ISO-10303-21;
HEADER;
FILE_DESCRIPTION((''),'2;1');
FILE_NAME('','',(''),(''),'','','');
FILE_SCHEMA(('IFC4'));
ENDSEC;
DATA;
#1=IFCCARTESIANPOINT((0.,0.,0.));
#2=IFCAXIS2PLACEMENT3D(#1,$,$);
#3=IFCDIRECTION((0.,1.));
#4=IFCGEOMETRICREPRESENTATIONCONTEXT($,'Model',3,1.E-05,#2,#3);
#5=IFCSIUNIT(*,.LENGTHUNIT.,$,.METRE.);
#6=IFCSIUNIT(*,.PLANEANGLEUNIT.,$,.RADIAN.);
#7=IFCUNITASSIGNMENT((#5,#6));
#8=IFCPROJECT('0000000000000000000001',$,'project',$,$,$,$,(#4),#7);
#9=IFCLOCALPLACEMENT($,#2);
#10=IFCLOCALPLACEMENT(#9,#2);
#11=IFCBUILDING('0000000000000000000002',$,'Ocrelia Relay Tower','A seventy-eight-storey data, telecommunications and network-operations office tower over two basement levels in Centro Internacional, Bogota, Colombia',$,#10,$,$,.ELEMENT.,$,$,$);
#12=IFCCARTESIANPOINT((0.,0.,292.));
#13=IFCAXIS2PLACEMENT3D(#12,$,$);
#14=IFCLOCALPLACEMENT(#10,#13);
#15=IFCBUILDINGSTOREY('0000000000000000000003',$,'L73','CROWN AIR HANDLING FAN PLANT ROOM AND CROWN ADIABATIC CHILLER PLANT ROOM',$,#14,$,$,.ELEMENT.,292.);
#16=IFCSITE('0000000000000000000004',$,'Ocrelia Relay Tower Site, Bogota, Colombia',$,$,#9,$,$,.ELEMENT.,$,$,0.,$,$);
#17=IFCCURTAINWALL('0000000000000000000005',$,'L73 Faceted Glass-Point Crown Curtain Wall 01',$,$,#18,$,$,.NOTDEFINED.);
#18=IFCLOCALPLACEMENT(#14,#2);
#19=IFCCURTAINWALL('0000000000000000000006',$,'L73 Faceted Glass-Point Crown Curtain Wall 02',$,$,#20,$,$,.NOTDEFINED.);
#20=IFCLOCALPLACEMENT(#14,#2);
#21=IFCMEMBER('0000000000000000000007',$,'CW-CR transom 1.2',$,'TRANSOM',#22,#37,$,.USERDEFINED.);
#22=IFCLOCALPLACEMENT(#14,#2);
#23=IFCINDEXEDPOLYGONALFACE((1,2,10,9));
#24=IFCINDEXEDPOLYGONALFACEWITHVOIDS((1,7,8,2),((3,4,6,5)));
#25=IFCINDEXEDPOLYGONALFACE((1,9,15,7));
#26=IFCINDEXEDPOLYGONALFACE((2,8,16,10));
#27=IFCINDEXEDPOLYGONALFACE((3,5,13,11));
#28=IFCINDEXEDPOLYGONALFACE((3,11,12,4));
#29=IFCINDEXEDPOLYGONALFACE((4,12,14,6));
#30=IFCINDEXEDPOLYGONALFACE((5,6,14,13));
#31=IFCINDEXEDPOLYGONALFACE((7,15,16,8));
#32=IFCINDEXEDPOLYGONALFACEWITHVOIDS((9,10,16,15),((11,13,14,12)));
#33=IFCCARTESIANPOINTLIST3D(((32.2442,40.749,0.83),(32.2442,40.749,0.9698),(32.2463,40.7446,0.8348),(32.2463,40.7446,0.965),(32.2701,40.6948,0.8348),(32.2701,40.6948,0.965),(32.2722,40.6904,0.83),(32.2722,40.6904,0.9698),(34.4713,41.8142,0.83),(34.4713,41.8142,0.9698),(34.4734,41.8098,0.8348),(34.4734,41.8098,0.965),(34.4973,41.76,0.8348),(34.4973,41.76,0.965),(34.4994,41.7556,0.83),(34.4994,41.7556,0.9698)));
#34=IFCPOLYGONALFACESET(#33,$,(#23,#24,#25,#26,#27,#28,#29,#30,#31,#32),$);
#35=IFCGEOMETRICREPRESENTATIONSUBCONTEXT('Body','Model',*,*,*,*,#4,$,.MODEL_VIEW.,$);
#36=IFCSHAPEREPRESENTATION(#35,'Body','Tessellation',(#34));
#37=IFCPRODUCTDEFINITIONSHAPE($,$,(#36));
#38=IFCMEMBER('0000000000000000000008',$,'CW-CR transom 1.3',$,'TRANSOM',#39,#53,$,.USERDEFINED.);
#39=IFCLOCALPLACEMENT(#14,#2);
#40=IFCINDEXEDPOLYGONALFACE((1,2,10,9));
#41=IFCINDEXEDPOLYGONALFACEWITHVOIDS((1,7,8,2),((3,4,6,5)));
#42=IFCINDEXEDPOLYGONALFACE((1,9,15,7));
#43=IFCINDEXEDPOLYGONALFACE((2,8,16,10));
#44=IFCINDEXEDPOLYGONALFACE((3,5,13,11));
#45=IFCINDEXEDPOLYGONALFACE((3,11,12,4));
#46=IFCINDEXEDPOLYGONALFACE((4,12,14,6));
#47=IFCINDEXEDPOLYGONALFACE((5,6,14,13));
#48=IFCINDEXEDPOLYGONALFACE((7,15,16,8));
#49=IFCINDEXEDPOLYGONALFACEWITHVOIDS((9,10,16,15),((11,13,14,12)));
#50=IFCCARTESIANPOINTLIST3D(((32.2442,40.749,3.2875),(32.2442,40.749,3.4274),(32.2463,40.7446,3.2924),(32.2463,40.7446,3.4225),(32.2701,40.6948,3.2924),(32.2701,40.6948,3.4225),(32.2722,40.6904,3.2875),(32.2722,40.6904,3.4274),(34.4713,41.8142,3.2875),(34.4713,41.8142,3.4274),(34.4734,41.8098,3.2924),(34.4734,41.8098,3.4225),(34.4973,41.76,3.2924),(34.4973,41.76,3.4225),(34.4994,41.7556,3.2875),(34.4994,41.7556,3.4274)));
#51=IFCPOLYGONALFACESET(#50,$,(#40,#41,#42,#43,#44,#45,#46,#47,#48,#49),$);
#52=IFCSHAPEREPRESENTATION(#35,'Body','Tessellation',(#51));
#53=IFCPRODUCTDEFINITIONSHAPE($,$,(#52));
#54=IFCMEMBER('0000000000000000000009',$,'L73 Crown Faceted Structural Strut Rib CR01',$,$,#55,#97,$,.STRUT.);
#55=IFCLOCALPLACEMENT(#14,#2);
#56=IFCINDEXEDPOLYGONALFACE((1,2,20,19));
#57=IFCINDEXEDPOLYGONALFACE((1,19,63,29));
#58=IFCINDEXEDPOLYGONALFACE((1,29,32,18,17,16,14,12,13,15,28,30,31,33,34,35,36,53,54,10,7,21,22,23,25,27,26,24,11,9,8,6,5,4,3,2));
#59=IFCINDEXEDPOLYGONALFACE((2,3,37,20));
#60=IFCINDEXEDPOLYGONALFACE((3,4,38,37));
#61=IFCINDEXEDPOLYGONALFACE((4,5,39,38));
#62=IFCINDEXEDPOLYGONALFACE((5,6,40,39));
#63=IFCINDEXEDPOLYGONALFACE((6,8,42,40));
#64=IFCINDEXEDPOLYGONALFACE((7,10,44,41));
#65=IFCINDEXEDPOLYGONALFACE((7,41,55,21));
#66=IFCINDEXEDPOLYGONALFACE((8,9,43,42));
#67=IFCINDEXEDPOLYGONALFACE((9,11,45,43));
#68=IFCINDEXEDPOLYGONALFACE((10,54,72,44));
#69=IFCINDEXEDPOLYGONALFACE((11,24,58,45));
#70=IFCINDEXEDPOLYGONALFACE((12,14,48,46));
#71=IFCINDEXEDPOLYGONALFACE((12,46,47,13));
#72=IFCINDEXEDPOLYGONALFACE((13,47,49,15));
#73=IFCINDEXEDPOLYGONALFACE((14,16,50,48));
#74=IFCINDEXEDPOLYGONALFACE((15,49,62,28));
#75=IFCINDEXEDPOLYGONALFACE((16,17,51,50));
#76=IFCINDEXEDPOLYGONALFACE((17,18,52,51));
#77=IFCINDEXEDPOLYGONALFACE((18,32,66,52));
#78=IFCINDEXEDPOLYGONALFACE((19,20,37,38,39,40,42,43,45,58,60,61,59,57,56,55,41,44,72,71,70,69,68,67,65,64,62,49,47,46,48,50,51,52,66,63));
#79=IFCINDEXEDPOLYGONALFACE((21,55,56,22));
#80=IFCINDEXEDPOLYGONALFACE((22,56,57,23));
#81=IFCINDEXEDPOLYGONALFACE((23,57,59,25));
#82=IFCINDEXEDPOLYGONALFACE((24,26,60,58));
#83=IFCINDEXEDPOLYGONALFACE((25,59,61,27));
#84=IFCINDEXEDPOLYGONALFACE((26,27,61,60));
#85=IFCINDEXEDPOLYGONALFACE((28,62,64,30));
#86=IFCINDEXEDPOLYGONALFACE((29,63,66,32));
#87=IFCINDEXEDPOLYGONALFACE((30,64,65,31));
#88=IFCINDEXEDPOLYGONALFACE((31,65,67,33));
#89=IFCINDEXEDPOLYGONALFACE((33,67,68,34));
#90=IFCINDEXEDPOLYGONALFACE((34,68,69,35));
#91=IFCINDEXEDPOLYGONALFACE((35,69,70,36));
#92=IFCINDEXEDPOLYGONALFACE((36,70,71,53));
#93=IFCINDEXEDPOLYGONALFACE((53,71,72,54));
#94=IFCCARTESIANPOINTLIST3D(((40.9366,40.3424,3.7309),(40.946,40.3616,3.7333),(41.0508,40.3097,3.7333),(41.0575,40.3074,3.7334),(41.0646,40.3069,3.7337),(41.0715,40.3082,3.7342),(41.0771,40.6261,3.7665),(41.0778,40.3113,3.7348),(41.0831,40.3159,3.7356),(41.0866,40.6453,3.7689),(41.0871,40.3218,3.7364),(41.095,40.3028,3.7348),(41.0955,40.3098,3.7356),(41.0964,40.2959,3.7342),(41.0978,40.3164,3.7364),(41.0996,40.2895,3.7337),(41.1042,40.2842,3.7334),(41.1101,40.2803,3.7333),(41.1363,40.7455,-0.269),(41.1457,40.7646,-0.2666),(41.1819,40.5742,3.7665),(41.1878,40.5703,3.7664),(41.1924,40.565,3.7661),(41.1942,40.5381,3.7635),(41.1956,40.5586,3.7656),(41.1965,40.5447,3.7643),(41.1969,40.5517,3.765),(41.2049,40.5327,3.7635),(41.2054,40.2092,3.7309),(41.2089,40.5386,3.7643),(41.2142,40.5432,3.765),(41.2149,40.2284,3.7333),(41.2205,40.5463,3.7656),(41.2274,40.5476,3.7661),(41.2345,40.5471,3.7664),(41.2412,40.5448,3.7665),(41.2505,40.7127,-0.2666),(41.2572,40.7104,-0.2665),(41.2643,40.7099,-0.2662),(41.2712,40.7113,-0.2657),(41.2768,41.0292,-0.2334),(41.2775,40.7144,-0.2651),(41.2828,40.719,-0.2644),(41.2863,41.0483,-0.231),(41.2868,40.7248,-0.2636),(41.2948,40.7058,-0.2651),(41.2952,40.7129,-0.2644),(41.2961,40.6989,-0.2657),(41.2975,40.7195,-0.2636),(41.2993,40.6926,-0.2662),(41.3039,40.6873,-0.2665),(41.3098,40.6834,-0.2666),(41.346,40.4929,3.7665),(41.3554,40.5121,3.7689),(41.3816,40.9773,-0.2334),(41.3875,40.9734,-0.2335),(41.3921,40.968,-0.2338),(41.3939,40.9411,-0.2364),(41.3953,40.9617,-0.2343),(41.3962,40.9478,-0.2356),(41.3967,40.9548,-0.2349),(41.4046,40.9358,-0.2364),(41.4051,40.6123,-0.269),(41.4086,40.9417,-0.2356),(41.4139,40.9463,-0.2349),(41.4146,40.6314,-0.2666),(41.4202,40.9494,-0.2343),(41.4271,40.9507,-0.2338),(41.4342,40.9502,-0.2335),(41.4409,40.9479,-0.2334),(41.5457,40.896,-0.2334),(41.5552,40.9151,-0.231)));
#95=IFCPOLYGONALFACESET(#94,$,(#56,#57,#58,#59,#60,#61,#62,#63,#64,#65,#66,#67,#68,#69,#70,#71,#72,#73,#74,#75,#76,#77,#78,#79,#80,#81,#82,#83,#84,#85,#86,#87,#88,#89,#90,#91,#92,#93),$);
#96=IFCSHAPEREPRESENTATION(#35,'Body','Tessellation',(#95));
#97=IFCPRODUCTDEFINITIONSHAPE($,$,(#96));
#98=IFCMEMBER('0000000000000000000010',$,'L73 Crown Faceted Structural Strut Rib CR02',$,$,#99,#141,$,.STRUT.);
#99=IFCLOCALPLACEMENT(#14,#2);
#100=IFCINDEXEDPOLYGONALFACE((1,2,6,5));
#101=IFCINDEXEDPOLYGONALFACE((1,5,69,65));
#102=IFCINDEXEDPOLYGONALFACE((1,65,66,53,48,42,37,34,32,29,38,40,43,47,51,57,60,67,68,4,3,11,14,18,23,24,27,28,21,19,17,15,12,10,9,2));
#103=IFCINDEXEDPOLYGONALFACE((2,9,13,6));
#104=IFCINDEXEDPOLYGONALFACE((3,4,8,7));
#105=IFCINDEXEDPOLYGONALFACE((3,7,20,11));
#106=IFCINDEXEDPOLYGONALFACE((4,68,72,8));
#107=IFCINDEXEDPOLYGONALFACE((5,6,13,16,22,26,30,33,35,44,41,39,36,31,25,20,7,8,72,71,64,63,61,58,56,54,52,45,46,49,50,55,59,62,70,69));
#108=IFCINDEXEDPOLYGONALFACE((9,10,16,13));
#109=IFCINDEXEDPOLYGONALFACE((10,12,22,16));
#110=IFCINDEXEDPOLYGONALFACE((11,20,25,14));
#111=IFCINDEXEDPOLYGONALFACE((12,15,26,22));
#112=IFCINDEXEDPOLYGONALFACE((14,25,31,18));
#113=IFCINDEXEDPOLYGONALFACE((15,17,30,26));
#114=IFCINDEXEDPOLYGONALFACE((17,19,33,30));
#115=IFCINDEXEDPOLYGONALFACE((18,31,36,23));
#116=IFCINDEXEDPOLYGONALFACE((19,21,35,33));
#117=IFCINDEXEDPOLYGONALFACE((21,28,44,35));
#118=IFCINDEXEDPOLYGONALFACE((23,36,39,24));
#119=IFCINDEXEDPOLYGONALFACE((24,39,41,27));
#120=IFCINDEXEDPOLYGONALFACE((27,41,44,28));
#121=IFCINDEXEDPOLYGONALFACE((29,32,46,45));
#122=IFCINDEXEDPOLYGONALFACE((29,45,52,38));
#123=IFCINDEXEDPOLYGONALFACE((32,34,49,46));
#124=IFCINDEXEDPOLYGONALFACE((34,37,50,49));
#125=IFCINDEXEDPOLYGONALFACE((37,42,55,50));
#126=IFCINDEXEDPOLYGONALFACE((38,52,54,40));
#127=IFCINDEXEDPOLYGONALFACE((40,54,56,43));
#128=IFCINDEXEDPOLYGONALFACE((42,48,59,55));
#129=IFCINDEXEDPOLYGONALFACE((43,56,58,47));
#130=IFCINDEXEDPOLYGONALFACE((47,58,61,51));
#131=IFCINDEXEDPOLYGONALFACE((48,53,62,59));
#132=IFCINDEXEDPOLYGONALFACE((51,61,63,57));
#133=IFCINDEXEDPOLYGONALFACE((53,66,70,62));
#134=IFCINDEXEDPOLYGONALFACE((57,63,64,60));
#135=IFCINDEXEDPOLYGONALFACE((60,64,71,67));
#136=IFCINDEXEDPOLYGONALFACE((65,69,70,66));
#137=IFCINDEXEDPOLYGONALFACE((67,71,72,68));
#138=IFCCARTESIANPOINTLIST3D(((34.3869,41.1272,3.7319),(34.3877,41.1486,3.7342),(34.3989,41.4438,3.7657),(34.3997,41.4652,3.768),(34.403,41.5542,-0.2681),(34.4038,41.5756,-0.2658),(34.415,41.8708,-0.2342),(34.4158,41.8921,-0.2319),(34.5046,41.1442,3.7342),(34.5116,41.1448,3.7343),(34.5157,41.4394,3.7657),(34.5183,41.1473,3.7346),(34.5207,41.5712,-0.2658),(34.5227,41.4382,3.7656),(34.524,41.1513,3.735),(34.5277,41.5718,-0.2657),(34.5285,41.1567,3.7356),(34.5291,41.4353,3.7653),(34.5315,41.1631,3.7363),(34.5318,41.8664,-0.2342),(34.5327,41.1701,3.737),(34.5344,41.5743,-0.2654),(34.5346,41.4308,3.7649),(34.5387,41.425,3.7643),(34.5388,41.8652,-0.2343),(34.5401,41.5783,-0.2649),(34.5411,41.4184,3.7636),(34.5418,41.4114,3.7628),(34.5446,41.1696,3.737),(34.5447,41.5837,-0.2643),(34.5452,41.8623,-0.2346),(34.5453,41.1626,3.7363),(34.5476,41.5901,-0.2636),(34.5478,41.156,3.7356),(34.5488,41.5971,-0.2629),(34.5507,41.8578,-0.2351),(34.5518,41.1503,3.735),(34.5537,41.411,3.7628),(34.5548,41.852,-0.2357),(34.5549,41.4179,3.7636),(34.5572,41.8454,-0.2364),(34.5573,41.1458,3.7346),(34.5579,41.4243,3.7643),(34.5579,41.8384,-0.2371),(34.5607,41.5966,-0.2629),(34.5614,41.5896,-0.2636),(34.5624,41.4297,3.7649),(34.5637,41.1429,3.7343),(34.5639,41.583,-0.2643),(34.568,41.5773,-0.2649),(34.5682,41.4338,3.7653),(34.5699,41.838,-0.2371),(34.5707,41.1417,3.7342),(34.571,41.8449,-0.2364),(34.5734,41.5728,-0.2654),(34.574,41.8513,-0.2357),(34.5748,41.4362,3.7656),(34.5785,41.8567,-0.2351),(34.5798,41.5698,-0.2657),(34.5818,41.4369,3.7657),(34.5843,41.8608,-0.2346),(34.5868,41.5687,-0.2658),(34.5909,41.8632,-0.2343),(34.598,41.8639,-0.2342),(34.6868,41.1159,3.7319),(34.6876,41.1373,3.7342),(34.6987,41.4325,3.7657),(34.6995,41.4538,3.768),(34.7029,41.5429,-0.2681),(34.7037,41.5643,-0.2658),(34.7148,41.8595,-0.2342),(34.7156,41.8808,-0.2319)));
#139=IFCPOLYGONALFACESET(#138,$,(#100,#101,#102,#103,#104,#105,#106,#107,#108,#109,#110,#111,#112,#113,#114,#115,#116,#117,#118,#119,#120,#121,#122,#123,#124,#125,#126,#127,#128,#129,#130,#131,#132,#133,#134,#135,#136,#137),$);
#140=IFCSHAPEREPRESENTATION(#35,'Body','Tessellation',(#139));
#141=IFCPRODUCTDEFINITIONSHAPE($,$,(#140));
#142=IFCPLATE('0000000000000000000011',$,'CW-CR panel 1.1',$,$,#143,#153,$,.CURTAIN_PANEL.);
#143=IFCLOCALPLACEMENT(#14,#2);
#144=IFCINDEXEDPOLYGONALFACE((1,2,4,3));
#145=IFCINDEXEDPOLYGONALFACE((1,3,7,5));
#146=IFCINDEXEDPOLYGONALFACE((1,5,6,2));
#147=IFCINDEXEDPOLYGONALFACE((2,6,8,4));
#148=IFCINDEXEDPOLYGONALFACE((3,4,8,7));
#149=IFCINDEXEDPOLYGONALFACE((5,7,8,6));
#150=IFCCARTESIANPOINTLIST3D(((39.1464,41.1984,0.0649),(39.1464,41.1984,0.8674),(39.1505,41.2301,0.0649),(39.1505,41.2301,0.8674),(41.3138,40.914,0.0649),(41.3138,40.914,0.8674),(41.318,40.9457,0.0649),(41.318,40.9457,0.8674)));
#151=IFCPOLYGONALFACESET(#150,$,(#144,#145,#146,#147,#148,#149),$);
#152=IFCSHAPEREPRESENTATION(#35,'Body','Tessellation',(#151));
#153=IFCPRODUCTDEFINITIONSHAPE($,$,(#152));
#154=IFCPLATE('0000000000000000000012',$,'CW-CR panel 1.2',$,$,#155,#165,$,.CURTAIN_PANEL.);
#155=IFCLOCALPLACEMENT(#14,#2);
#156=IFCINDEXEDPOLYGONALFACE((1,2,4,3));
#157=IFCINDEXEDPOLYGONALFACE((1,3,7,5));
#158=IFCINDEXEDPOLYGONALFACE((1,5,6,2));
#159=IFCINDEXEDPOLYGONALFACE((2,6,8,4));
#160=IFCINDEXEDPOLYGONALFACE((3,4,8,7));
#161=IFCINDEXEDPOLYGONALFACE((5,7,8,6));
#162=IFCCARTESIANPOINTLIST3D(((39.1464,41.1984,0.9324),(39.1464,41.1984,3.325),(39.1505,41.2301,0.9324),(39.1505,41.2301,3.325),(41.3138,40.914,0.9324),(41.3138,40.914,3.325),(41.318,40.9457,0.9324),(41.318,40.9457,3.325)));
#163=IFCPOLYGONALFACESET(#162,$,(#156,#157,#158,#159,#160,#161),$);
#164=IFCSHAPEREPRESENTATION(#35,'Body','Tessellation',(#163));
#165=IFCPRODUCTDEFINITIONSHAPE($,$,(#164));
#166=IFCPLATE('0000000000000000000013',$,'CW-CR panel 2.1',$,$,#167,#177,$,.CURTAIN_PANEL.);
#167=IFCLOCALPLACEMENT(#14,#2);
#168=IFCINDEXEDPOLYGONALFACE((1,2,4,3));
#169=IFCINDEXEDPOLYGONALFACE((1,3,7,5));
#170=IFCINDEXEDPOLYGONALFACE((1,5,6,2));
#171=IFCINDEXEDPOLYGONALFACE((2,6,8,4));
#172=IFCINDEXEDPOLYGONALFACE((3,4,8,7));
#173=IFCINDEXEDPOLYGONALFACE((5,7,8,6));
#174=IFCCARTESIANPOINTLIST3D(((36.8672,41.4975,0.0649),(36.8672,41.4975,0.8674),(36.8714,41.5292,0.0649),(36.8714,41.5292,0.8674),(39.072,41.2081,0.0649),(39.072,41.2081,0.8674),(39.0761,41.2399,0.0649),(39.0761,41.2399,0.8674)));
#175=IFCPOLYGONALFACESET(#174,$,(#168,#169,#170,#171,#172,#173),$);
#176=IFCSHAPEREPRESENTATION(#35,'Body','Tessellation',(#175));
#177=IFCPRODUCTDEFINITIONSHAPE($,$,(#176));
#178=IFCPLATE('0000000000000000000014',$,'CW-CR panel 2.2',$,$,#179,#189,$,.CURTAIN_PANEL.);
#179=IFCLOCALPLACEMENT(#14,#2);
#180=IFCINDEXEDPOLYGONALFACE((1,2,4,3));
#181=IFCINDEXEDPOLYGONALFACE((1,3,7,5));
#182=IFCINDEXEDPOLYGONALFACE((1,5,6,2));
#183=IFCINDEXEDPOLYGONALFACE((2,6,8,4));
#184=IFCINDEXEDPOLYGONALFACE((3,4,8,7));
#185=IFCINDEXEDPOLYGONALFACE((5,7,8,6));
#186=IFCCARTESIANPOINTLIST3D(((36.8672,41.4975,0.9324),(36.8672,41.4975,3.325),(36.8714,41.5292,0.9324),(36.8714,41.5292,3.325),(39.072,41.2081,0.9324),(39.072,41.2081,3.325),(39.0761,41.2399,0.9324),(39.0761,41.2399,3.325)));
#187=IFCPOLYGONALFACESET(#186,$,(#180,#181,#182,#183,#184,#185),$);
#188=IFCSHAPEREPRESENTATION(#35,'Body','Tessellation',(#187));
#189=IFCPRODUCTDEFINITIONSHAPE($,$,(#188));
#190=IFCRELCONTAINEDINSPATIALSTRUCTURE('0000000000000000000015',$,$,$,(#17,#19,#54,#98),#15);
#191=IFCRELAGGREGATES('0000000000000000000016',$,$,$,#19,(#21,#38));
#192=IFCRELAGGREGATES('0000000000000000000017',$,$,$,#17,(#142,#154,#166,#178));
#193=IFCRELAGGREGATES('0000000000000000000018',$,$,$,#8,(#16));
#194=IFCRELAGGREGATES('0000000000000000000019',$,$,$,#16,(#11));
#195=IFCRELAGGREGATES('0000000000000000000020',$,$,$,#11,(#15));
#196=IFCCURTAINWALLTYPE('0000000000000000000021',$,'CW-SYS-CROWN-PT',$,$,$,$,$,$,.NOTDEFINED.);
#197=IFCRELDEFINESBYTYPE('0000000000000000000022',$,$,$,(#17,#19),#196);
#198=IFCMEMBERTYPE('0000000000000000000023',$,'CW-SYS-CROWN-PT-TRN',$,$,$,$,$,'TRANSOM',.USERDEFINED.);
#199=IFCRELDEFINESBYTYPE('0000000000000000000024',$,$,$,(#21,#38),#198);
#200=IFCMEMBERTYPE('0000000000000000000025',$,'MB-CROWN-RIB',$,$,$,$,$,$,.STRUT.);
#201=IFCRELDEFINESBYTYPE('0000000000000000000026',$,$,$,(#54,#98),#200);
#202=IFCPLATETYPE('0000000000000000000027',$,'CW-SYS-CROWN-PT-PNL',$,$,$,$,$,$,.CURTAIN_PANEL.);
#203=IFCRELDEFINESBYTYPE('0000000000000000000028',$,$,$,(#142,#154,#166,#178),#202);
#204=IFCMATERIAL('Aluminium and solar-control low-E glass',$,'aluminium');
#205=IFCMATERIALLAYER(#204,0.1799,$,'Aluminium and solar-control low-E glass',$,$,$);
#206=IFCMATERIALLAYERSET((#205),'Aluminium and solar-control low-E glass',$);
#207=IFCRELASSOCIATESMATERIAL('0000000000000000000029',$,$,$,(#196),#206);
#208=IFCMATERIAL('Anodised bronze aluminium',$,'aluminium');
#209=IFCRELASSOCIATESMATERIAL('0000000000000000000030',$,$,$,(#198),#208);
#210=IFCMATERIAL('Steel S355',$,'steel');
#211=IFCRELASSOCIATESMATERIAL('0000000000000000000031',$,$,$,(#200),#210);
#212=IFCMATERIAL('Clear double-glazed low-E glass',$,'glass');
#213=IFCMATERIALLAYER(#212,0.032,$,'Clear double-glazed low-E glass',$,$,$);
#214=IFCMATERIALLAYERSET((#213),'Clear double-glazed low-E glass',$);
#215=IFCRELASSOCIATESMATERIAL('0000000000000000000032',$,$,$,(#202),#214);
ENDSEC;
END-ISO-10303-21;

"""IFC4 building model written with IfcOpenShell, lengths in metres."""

from ifc_helpers import new_model, si_unit, direction, frame, origin, origin_2d, place, context, subcontext, project, spatial, rectangle, hollow_rectangle, i_section, extrude, material, layer, layer_set, material_profile, profile_set, type_object, element, aggregate, save


model = new_model("IFC4")

# Units and contexts
model_context = context("Model", 3, precision=1e-05, world=origin(), true_north=direction((0.0, 1.0)))
body_context = subcontext(model_context, "Body", "Model", "MODEL_VIEW")
ifc_project = project(units=[si_unit("LENGTHUNIT", "METRE"), si_unit("PLANEANGLEUNIT", "RADIAN")], contexts=[model_context])

# Site, building, storey
site_placement = place(None, origin())
site = spatial("IfcSite", under=ifc_project, at=site_placement, Name="Ocrelia Relay Tower Site, Bogota, Colombia", CompositionType="ELEMENT", RefElevation=0.0)
building_placement = place(site_placement, origin())
building = spatial("IfcBuilding", under=site, at=building_placement, Name="Ocrelia Relay Tower", Description="A seventy-eight-storey data, telecommunications and network-operations office tower over two basement levels in Centro Internacional, Bogota, Colombia", CompositionType="ELEMENT")
storey_placement = place(building_placement, frame((0.0, 0.0, 292.0)))
storey = spatial("IfcBuildingStorey", under=building, at=storey_placement, Name="L73", Description="CROWN AIR HANDLING FAN PLANT ROOM AND CROWN ADIABATIC CHILLER PLANT ROOM", CompositionType="ELEMENT", Elevation=292.0)

# Shared definitions
ifc_material_1 = material(Name="Steel S355", Category="steel")

# Curtain wall
ifc_material_2 = material(Name="Aluminium and solar-control low-E glass", Category="aluminium")
ifc_layer_1 = layer(ifc_material_2, 0.1799, Name="Aluminium and solar-control low-E glass")
ifc_layer_set_1 = layer_set([ifc_layer_1], Name="Aluminium and solar-control low-E glass")
curtain_wall_type = type_object("IfcCurtainWallType", Name="CW-SYS-CROWN-PT", PredefinedType="NOTDEFINED", material=ifc_layer_set_1)
curtain_wall_1_placement = place(storey_placement, origin())
curtain_wall_1 = element("IfcCurtainWall", 1, at=curtain_wall_1_placement, inside=storey, type_object=curtain_wall_type, Name="L73 Faceted Glass-Point Crown Curtain Wall 01", PredefinedType="NOTDEFINED")
ifc_material_3 = material(Name="Anodised bronze aluminium", Category="aluminium")

# Curtain wall
curtain_wall_2_placement = place(storey_placement, origin())
curtain_wall_2 = element("IfcCurtainWall", 2, at=curtain_wall_2_placement, inside=storey, type_object=curtain_wall_type, Name="L73 Faceted Glass-Point Crown Curtain Wall 02", PredefinedType="NOTDEFINED")

# Members
ifc_material_profile_1 = material_profile(ifc_material_3, hollow_rectangle(XDim=0.0649, YDim=0.1399, WallThickness=0.0049, at=origin_2d()), Name="CW-TRN-140x65")
ifc_profile_set_1 = profile_set([ifc_material_profile_1], Name="Anodised bronze aluminium")
member_type_1 = type_object("IfcMemberType", Name="CW-SYS-CROWN-PT-TRN", ElementType="TRANSOM", PredefinedType="USERDEFINED", material=ifc_profile_set_1)
member_1_placement = place(storey_placement, frame((34.4854, 41.7849, 0.8999), z_axis=(-0.902123, -0.43148, 0.0), x_axis=(0.43148, -0.902123, 0.0)))
member_1 = element("IfcMember", 3, at=member_1_placement, type_object=member_type_1, Name="CW-CR transom 1.2", ObjectType="TRANSOM", PredefinedType="USERDEFINED", context=body_context, shape_type="SweptSolid", body=[
    extrude(hollow_rectangle(XDim=0.0649, YDim=0.1399, WallThickness=0.0049, at=origin_2d()), origin(), (0.0, 0.0, 1.0), 2.4688),
])
member_2_placement = place(storey_placement, frame((34.4854, 41.7849, 3.3574), z_axis=(-0.902123, -0.43148, 0.0), x_axis=(0.43148, -0.902123, 0.0)))
member_2 = element("IfcMember", 4, at=member_2_placement, type_object=member_type_1, Name="CW-CR transom 1.3", ObjectType="TRANSOM", PredefinedType="USERDEFINED", context=body_context, shape_type="SweptSolid", body=[
    extrude(hollow_rectangle(XDim=0.0649, YDim=0.1399, WallThickness=0.0049, at=origin_2d()), origin(), (0.0, 0.0, 1.0), 2.4688),
])
aggregate(curtain_wall_2, [member_1, member_2])

# Members
ifc_material_profile_2 = material_profile(ifc_material_1, i_section(OverallWidth=0.3, OverallDepth=0.3401, WebThickness=0.012, FlangeThickness=0.0215, FilletRadius=0.0271, at=origin_2d()), Name="HEB 340")
ifc_profile_set_2 = profile_set([ifc_material_profile_2], Name="Steel S355")
member_type_2 = type_object("IfcMemberType", Name="MB-CROWN-RIB", PredefinedType="STRUT", material=ifc_profile_set_2)
member_3_placement = place(storey_placement, frame((41.3457, 40.8303, -0.25), z_axis=(-0.049614, -0.100138, 0.993736), x_axis=(0.896049, -0.443954, 0.0)))
element("IfcMember", 5, at=member_3_placement, inside=storey, type_object=member_type_2, Name="L73 Crown Faceted Structural Strut Rib CR01", PredefinedType="STRUT", context=body_context, shape_type="SweptSolid", body=[
    extrude(i_section(OverallWidth=0.3, OverallDepth=0.3401, WebThickness=0.012, FlangeThickness=0.0215, FilletRadius=0.0271, at=origin_2d()), origin(), (0.0, 0.0, 1.0), 4.0251),
])
member_4_placement = place(storey_placement, frame((34.5593, 41.7175, -0.25), z_axis=(-0.004006, -0.106147, 0.994342), x_axis=(0.999289, -0.037709, 0.0)))
element("IfcMember", 6, at=member_4_placement, inside=storey, type_object=member_type_2, Name="L73 Crown Faceted Structural Strut Rib CR02", PredefinedType="STRUT", context=body_context, shape_type="SweptSolid", body=[
    extrude(i_section(OverallWidth=0.3, OverallDepth=0.3401, WebThickness=0.012, FlangeThickness=0.0215, FilletRadius=0.0271, at=origin_2d()), origin(), (0.0, 0.0, 1.0), 4.0227),
])

# Plates
ifc_material_4 = material(Name="Clear double-glazed low-E glass", Category="glass")
ifc_layer_2 = layer(ifc_material_4, 0.032, Name="Clear double-glazed low-E glass")
ifc_layer_set_2 = layer_set([ifc_layer_2], Name="Clear double-glazed low-E glass")
plate_type = type_object("IfcPlateType", Name="CW-SYS-CROWN-PT-PNL", PredefinedType="CURTAIN_PANEL", material=ifc_layer_set_2)
plate_1_placement = place(storey_placement, frame((40.2322, 41.072, 0.0649), z_axis=(0.0, 0.0, 1.0), x_axis=(-0.9915, 0.130108, 0.0)))
plate_1 = element("IfcPlate", 7, at=plate_1_placement, type_object=plate_type, Name="CW-CR panel 1.1", PredefinedType="CURTAIN_PANEL", context=body_context, shape_type="SweptSolid", body=[
    extrude(rectangle(XDim=2.186, YDim=0.032, at=origin_2d()), origin(), (0.0, 0.0, 1.0), 0.8025),
])
plate_2_placement = place(storey_placement, frame((40.2322, 41.072, 0.9324), z_axis=(0.0, 0.0, 1.0), x_axis=(-0.9915, 0.130108, 0.0)))
plate_2 = element("IfcPlate", 8, at=plate_2_placement, type_object=plate_type, Name="CW-CR panel 1.2", PredefinedType="CURTAIN_PANEL", context=body_context, shape_type="SweptSolid", body=[
    extrude(rectangle(XDim=2.186, YDim=0.032, at=origin_2d()), origin(), (0.0, 0.0, 1.0), 2.3926),
])
plate_3_placement = place(storey_placement, frame((37.9717, 41.3687, 0.0649), z_axis=(0.0, 0.0, 1.0), x_axis=(-0.9915, 0.130108, 0.0)))
plate_3 = element("IfcPlate", 9, at=plate_3_placement, type_object=plate_type, Name="CW-CR panel 2.1", PredefinedType="CURTAIN_PANEL", context=body_context, shape_type="SweptSolid", body=[
    extrude(rectangle(XDim=2.2236, YDim=0.032, at=origin_2d()), origin(), (0.0, 0.0, 1.0), 0.8025),
])
plate_4_placement = place(storey_placement, frame((37.9717, 41.3687, 0.9324), z_axis=(0.0, 0.0, 1.0), x_axis=(-0.9915, 0.130108, 0.0)))
plate_4 = element("IfcPlate", 10, at=plate_4_placement, type_object=plate_type, Name="CW-CR panel 2.2", PredefinedType="CURTAIN_PANEL", context=body_context, shape_type="SweptSolid", body=[
    extrude(rectangle(XDim=2.2236, YDim=0.032, at=origin_2d()), origin(), (0.0, 0.0, 1.0), 2.3926),
])
aggregate(curtain_wall_1, [plate_1, plate_2, plate_3, plate_4])

save(model, "model.ifc")
